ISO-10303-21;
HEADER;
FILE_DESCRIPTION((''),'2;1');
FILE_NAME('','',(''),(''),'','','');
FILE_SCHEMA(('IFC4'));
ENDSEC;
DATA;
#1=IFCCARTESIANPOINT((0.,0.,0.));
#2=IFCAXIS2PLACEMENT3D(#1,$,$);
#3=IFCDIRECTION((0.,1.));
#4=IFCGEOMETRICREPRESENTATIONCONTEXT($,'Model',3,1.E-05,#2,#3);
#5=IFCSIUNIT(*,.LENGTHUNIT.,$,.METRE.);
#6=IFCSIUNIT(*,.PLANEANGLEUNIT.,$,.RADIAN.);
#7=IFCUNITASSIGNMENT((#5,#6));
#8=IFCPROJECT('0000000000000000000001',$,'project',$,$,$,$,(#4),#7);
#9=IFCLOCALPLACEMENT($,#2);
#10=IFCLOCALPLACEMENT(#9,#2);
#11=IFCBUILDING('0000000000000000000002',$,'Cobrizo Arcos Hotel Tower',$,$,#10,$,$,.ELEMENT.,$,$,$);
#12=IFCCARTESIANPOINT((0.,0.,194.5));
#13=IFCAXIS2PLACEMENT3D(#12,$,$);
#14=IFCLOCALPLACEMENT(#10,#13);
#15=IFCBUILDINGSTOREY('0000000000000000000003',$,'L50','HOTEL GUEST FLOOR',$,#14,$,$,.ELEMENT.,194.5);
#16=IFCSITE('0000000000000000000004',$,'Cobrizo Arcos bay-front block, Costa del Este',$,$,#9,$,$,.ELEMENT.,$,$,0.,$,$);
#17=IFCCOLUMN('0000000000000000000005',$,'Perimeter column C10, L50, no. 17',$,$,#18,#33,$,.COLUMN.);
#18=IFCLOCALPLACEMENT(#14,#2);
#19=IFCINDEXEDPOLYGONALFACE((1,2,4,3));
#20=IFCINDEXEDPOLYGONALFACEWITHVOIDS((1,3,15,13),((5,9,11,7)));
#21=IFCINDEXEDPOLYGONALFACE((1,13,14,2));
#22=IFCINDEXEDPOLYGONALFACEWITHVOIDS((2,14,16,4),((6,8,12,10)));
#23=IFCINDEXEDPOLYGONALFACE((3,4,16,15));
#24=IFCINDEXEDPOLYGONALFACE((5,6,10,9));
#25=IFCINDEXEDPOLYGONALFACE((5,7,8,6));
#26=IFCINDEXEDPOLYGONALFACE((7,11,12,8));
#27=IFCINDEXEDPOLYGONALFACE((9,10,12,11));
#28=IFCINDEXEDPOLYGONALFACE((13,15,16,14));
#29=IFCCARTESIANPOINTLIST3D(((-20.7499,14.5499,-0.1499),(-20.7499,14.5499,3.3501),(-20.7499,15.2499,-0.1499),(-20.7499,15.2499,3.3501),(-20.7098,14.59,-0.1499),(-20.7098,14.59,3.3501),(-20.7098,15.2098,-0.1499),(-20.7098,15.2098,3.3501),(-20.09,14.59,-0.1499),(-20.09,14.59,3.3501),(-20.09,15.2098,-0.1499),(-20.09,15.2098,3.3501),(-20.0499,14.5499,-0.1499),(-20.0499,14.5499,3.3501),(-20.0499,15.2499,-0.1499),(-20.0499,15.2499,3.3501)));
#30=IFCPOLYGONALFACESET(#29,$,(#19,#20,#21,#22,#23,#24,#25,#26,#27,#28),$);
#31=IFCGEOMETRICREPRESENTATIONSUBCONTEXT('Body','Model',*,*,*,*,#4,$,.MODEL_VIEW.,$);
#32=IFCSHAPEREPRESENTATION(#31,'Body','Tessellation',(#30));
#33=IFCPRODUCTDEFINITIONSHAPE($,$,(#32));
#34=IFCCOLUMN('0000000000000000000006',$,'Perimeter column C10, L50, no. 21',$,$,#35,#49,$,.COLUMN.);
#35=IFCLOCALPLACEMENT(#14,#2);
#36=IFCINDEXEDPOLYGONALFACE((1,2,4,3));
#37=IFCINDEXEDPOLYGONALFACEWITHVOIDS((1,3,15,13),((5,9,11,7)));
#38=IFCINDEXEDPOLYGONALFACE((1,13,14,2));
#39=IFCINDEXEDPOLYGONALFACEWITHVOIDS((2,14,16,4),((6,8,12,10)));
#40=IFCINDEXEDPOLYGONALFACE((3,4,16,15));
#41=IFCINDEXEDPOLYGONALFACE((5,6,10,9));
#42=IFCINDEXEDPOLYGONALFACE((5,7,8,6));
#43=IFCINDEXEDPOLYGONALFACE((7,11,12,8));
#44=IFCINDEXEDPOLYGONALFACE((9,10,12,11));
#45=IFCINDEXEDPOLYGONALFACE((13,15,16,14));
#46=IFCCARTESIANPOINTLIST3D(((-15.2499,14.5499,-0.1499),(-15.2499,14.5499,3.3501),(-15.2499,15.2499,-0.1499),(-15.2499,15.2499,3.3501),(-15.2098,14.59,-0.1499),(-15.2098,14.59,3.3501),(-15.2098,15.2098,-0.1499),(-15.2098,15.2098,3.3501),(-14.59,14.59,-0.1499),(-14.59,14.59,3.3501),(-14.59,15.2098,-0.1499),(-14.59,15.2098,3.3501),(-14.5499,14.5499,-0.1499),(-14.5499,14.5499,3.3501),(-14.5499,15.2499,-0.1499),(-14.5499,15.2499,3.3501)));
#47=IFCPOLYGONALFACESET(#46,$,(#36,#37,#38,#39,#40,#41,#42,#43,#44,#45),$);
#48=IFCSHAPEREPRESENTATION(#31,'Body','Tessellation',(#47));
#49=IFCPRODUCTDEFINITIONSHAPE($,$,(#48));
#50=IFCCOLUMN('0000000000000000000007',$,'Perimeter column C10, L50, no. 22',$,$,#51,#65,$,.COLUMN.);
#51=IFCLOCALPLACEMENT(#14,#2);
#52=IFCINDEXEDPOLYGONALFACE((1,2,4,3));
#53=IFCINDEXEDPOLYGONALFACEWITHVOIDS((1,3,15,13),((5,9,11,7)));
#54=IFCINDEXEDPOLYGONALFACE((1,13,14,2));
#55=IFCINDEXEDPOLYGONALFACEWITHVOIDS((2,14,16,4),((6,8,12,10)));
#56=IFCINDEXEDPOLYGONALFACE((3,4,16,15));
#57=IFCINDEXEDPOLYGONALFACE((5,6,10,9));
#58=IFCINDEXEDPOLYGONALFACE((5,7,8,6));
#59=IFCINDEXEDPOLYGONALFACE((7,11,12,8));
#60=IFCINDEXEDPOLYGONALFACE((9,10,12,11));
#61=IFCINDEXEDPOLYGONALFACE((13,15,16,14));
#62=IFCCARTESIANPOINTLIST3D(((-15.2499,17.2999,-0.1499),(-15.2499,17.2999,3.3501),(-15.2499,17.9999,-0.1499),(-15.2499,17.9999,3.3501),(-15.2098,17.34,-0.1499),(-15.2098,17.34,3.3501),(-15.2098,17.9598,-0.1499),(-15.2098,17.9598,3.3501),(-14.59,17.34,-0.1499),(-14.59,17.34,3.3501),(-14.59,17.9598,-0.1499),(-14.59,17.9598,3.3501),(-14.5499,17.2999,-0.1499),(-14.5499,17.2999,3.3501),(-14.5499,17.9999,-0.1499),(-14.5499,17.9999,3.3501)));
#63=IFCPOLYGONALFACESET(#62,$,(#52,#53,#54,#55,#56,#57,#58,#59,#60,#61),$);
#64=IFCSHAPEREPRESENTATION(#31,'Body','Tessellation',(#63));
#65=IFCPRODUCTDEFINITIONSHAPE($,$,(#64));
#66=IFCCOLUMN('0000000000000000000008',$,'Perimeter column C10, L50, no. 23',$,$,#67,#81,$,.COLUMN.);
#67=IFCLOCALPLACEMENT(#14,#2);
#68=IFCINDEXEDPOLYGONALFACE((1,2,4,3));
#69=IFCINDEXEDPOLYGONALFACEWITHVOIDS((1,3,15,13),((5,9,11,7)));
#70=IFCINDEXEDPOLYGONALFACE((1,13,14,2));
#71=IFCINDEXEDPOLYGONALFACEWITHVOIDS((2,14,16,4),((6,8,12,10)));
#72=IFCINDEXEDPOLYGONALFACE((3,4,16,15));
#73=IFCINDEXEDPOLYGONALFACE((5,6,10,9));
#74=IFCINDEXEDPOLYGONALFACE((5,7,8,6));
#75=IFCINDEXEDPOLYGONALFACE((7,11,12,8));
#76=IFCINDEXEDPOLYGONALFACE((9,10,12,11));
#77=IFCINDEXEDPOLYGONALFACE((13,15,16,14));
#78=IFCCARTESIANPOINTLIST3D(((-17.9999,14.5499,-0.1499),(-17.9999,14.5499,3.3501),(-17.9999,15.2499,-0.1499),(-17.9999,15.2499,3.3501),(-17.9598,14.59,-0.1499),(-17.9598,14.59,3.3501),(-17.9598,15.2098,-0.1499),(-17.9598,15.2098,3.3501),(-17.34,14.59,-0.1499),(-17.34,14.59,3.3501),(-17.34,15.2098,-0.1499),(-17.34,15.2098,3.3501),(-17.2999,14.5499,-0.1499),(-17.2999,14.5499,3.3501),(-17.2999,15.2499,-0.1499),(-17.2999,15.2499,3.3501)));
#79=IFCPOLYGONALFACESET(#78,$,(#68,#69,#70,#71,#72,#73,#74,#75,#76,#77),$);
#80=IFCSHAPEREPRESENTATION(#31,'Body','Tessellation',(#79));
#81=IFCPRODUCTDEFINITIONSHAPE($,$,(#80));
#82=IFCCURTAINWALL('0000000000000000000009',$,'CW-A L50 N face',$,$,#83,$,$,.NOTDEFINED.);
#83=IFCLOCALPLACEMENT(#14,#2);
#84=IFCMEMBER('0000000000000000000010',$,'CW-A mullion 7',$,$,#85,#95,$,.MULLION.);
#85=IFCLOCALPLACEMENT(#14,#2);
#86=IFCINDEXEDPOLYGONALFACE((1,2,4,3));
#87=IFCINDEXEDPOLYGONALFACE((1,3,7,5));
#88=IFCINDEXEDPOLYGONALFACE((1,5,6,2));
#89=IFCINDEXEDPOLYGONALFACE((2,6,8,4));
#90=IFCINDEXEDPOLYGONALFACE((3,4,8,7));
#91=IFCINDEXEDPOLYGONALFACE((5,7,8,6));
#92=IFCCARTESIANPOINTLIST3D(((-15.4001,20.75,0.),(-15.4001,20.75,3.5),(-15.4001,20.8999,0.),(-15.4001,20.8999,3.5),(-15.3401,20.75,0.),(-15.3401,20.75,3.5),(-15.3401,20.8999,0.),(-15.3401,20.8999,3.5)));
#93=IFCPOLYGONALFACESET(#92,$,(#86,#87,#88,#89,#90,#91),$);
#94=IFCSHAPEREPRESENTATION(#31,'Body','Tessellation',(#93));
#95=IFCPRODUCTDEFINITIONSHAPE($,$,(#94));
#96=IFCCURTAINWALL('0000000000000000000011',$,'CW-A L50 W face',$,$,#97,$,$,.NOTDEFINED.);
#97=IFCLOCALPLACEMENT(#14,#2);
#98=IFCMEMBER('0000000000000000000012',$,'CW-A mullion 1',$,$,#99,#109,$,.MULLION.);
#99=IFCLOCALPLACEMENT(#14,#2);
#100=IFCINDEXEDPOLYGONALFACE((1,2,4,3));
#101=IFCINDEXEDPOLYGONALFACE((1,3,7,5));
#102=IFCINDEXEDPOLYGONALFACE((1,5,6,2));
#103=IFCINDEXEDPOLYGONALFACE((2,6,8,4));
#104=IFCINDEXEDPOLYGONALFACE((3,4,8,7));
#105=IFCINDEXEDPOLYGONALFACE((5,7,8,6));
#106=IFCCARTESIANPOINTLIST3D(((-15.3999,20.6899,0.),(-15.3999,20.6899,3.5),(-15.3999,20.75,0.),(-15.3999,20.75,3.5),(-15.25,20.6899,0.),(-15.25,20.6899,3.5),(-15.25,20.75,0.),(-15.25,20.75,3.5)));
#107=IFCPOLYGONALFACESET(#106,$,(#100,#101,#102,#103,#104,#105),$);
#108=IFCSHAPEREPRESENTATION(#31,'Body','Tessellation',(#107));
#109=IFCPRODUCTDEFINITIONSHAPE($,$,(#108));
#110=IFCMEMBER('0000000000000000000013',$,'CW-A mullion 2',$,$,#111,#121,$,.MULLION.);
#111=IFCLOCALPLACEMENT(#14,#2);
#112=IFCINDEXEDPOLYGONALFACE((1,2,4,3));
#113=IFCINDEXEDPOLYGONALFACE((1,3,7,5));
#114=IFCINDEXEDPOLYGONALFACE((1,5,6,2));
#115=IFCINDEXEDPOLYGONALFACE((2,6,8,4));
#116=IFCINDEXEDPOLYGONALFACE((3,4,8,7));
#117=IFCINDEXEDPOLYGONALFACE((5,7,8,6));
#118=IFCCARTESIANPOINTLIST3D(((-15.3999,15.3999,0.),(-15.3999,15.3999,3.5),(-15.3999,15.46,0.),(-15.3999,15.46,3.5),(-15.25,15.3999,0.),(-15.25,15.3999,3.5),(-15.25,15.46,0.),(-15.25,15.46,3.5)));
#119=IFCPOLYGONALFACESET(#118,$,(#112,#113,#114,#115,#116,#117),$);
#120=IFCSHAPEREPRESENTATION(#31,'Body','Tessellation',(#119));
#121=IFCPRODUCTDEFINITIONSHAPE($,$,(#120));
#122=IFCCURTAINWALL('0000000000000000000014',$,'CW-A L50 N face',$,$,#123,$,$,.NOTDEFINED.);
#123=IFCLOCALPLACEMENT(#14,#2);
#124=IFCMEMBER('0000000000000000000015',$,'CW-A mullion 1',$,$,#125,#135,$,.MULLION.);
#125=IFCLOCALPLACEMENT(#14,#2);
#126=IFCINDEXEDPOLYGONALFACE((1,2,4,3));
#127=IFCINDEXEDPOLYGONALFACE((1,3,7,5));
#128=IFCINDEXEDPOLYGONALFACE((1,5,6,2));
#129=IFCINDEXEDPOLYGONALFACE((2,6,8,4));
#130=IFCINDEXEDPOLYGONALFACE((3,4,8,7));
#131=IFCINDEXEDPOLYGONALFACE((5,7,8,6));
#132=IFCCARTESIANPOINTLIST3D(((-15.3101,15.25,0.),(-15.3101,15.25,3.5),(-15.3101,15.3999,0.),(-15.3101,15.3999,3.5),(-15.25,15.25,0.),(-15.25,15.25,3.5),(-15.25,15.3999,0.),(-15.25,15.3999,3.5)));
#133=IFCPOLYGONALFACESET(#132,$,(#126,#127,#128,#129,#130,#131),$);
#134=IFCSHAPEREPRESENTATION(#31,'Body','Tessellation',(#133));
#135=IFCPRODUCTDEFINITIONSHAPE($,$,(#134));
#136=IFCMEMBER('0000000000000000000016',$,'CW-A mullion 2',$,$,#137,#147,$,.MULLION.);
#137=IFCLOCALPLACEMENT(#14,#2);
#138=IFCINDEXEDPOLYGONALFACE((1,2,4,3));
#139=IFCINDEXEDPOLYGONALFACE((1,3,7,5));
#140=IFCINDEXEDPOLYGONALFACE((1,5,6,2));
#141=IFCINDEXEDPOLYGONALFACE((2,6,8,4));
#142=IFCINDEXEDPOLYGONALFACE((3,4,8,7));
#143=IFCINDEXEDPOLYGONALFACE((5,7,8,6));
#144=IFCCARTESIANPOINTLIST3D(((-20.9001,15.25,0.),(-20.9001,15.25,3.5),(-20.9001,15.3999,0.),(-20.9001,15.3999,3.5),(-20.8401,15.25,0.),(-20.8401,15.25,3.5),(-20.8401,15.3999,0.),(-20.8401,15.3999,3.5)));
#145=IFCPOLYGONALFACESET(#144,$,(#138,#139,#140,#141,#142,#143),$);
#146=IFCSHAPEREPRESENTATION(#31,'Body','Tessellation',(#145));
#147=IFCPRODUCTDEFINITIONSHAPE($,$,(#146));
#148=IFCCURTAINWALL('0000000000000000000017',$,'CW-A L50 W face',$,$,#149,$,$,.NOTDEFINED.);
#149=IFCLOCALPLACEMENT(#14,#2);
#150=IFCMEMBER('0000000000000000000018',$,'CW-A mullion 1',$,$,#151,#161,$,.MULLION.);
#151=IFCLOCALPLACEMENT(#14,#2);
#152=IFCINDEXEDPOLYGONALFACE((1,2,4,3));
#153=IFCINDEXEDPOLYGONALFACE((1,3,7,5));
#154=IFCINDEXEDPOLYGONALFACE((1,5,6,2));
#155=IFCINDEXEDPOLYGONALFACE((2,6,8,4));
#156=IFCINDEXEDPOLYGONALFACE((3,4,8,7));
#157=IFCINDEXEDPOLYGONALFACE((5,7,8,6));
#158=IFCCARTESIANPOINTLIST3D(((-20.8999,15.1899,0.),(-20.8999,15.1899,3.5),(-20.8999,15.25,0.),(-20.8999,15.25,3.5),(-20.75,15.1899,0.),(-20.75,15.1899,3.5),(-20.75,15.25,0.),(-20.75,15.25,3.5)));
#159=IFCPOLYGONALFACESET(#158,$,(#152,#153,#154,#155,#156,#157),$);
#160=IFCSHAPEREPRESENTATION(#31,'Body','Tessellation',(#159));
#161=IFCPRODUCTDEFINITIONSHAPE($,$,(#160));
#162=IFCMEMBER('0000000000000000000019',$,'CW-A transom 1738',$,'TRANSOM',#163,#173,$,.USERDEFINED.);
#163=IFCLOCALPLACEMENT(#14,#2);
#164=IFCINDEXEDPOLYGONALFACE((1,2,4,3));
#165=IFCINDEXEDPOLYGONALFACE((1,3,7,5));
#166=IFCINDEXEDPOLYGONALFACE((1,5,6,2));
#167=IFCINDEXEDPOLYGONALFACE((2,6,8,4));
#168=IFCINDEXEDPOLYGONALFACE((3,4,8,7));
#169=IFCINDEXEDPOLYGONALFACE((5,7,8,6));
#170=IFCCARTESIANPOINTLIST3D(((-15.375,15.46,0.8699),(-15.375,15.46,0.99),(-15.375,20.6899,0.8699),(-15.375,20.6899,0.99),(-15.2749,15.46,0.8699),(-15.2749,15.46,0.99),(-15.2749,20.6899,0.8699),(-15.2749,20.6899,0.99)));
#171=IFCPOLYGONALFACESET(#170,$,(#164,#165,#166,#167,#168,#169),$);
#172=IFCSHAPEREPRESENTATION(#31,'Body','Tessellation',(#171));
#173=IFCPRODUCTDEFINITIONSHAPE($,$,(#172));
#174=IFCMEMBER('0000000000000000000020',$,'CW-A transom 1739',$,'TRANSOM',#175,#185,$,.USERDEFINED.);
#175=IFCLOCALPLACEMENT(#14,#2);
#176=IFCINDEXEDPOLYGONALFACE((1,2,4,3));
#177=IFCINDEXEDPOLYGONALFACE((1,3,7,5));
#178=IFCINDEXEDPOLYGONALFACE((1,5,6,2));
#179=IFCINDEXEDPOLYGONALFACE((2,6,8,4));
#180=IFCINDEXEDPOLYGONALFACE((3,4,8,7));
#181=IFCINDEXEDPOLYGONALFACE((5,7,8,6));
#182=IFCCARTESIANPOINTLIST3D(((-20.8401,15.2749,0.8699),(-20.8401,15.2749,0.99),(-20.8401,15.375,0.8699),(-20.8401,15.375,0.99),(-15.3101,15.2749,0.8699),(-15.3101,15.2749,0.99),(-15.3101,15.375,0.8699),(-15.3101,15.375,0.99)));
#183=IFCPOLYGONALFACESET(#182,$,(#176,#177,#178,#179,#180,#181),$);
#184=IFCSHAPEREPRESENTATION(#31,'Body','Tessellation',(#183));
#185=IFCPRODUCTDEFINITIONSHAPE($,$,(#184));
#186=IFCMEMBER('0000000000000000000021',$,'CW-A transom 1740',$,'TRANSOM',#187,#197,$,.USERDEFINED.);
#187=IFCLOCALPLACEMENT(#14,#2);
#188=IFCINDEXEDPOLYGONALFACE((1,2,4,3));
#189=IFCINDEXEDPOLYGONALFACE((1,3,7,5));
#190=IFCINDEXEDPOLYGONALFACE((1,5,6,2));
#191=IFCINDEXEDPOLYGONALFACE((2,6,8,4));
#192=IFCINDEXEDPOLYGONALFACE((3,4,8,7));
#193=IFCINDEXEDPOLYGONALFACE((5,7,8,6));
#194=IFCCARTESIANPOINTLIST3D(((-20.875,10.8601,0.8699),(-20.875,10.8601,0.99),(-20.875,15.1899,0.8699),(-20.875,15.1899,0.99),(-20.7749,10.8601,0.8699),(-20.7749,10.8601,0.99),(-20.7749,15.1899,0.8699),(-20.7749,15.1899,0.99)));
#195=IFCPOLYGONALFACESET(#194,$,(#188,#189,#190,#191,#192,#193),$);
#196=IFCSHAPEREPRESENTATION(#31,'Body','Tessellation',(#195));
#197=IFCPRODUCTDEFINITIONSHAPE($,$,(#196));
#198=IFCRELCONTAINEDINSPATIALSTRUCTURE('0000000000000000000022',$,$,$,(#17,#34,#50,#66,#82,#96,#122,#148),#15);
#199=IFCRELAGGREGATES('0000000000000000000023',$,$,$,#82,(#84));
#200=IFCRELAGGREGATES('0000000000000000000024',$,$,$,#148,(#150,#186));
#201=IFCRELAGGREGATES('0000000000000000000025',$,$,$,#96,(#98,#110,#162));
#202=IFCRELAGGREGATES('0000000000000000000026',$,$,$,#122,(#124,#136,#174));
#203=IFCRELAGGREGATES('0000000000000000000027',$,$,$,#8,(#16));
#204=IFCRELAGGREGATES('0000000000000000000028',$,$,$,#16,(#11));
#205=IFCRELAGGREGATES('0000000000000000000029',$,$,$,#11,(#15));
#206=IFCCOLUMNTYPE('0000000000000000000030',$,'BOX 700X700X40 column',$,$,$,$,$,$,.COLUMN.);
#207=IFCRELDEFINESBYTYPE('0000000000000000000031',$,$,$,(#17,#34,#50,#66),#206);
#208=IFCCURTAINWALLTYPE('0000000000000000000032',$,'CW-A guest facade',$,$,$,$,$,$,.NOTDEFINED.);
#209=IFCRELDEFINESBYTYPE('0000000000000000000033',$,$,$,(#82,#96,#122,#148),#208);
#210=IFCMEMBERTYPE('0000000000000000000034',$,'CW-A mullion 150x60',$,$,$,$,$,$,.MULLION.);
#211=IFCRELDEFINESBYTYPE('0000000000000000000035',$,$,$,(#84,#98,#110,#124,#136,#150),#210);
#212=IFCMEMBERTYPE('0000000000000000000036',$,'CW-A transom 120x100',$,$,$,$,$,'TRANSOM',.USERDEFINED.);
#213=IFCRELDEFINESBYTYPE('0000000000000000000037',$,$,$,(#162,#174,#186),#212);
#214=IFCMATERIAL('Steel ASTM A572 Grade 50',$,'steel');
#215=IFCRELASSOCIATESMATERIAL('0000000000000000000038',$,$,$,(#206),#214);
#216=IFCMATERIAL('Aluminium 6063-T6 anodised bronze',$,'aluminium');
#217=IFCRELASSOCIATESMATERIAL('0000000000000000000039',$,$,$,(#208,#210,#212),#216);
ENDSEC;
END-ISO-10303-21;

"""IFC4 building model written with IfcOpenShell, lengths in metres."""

from ifc_helpers import new_model, si_unit, direction, frame, origin, origin_2d, place, context, subcontext, project, spatial, rectangle, hollow_rectangle, extrude, material, material_profile, profile_set, type_object, element, aggregate, save


model = new_model("IFC4")

# Units and contexts
model_context = context("Model", 3, precision=1e-05, world=origin(), true_north=direction((0.0, 1.0)))
body_context = subcontext(model_context, "Body", "Model", "MODEL_VIEW")
ifc_project = project(units=[si_unit("LENGTHUNIT", "METRE"), si_unit("PLANEANGLEUNIT", "RADIAN")], contexts=[model_context])

# Site, building, storey
site_placement = place(None, origin())
site = spatial("IfcSite", under=ifc_project, at=site_placement, Name="Cobrizo Arcos bay-front block, Costa del Este", CompositionType="ELEMENT", RefElevation=0.0)
building_placement = place(site_placement, origin())
building = spatial("IfcBuilding", under=site, at=building_placement, Name="Cobrizo Arcos Hotel Tower", CompositionType="ELEMENT")
storey_placement = place(building_placement, frame((0.0, 0.0, 194.5)))
storey = spatial("IfcBuildingStorey", under=building, at=storey_placement, Name="L50", Description="HOTEL GUEST FLOOR", CompositionType="ELEMENT", Elevation=194.5)

# Columns
ifc_material_1 = material(Name="Steel ASTM A572 Grade 50", Category="steel")
ifc_material_profile_1 = material_profile(ifc_material_1, hollow_rectangle(XDim=0.7, YDim=0.7, WallThickness=0.04, at=origin_2d()), Name="BOX 700X700X40")
ifc_profile_set_1 = profile_set([ifc_material_profile_1], Name="Steel ASTM A572 Grade 50")
column_type = type_object("IfcColumnType", Name="BOX 700X700X40 column", PredefinedType="COLUMN", material=ifc_profile_set_1)
for number, where, z_axis, x_axis, name in (
    (1, (-20.3999, 14.8999, -0.1499), (0.0, 0.0, 1.0), (1.0, 0.0, 0.0), "Perimeter column C10, L50, no. 17"),
    (2, (-14.8999, 14.8999, -0.1499), (0.0, 0.0, 1.0), (1.0, 0.0, 0.0), "Perimeter column C10, L50, no. 21"),
    (3, (-14.8999, 17.6499, -0.1499), (0.0, 0.0, 1.0), (1.0, 0.0, 0.0), "Perimeter column C10, L50, no. 22"),
    (4, (-17.6499, 14.8999, -0.1499), (0.0, 0.0, 1.0), (1.0, 0.0, 0.0), "Perimeter column C10, L50, no. 23"),
):
    element("IfcColumn", number, at=place(storey_placement, frame(where, z_axis=z_axis, x_axis=x_axis)), inside=storey, type_object=column_type, Name=name, PredefinedType="COLUMN", context=body_context, shape_type="SweptSolid", body=[
        extrude(hollow_rectangle(XDim=0.7, YDim=0.7, WallThickness=0.04, at=origin_2d()), origin(), (0.0, 0.0, 1.0), 3.5),
    ])

# Curtain wall, member
ifc_material_2 = material(Name="Aluminium 6063-T6 anodised bronze", Category="aluminium")
curtain_wall_type = type_object("IfcCurtainWallType", Name="CW-A guest facade", PredefinedType="NOTDEFINED", material=ifc_material_2)
curtain_wall_1_placement = place(storey_placement, origin())
curtain_wall_1 = element("IfcCurtainWall", 5, at=curtain_wall_1_placement, inside=storey, type_object=curtain_wall_type, Name="CW-A L50 N face", PredefinedType="NOTDEFINED")
ifc_material_profile_2 = material_profile(ifc_material_2, rectangle(XDim=0.1499, YDim=0.0601, at=origin_2d()), Name="CW-A mullion 150x60")
ifc_profile_set_2 = profile_set([ifc_material_profile_2], Name="Aluminium 6063-T6 anodised bronze")
member_type_1 = type_object("IfcMemberType", Name="CW-A mullion 150x60", PredefinedType="MULLION", material=ifc_profile_set_2)
member_1_placement = place(storey_placement, frame((-15.3701, 20.825, 0.0), z_axis=(0.0, 0.0, 1.0), x_axis=(0.0, 1.0, 0.0)))
member_1 = element("IfcMember", 6, at=member_1_placement, type_object=member_type_1, Name="CW-A mullion 7", PredefinedType="MULLION", context=body_context, shape_type="SweptSolid", body=[
    extrude(rectangle(XDim=0.1499, YDim=0.0601, at=origin_2d()), origin(), (0.0, 0.0, 1.0), 3.5),
])
aggregate(curtain_wall_1, [member_1])

# Curtain walls, members
curtain_wall_2_placement = place(storey_placement, origin())
curtain_wall_2 = element("IfcCurtainWall", 7, at=curtain_wall_2_placement, inside=storey, type_object=curtain_wall_type, Name="CW-A L50 W face", PredefinedType="NOTDEFINED")
member_2_placement = place(storey_placement, frame((-15.325, 20.72, 0.0), z_axis=(0.0, 0.0, 1.0), x_axis=(-1.0, 0.0, 0.0)))
member_2 = element("IfcMember", 8, at=member_2_placement, type_object=member_type_1, Name="CW-A mullion 1", PredefinedType="MULLION", context=body_context, shape_type="SweptSolid", body=[
    extrude(rectangle(XDim=0.1499, YDim=0.0601, at=origin_2d()), origin(), (0.0, 0.0, 1.0), 3.5),
])
member_3_placement = place(storey_placement, frame((-15.325, 15.4299, 0.0), z_axis=(0.0, 0.0, 1.0), x_axis=(-1.0, 0.0, 0.0)))
member_3 = element("IfcMember", 9, at=member_3_placement, type_object=member_type_1, Name="CW-A mullion 2", PredefinedType="MULLION", context=body_context, shape_type="SweptSolid", body=[
    extrude(rectangle(XDim=0.1499, YDim=0.0601, at=origin_2d()), origin(), (0.0, 0.0, 1.0), 3.5),
])
curtain_wall_3_placement = place(storey_placement, origin())
curtain_wall_3 = element("IfcCurtainWall", 10, at=curtain_wall_3_placement, inside=storey, type_object=curtain_wall_type, Name="CW-A L50 N face", PredefinedType="NOTDEFINED")
member_4_placement = place(storey_placement, frame((-15.28, 15.325, 0.0), z_axis=(0.0, 0.0, 1.0), x_axis=(0.0, 1.0, 0.0)))
member_4 = element("IfcMember", 11, at=member_4_placement, type_object=member_type_1, Name="CW-A mullion 1", PredefinedType="MULLION", context=body_context, shape_type="SweptSolid", body=[
    extrude(rectangle(XDim=0.1499, YDim=0.0601, at=origin_2d()), origin(), (0.0, 0.0, 1.0), 3.5),
])
member_5_placement = place(storey_placement, frame((-20.8701, 15.325, 0.0), z_axis=(0.0, 0.0, 1.0), x_axis=(0.0, 1.0, 0.0)))
member_5 = element("IfcMember", 12, at=member_5_placement, type_object=member_type_1, Name="CW-A mullion 2", PredefinedType="MULLION", context=body_context, shape_type="SweptSolid", body=[
    extrude(rectangle(XDim=0.1499, YDim=0.0601, at=origin_2d()), origin(), (0.0, 0.0, 1.0), 3.5),
])

# Curtain wall, member
curtain_wall_4_placement = place(storey_placement, origin())
curtain_wall_4 = element("IfcCurtainWall", 13, at=curtain_wall_4_placement, inside=storey, type_object=curtain_wall_type, Name="CW-A L50 W face", PredefinedType="NOTDEFINED")
member_6_placement = place(storey_placement, frame((-20.825, 15.22, 0.0), z_axis=(0.0, 0.0, 1.0), x_axis=(-1.0, 0.0, 0.0)))
member_6 = element("IfcMember", 14, at=member_6_placement, type_object=member_type_1, Name="CW-A mullion 1", PredefinedType="MULLION", context=body_context, shape_type="SweptSolid", body=[
    extrude(rectangle(XDim=0.1499, YDim=0.0601, at=origin_2d()), origin(), (0.0, 0.0, 1.0), 3.5),
])

# Members
ifc_material_profile_3 = material_profile(ifc_material_2, rectangle(XDim=0.1001, YDim=0.1201, at=origin_2d()), Name="CW-A transom 120x100")
ifc_profile_set_3 = profile_set([ifc_material_profile_3], Name="Aluminium 6063-T6 anodised bronze")
member_type_2 = type_object("IfcMemberType", Name="CW-A transom 120x100", ElementType="TRANSOM", PredefinedType="USERDEFINED", material=ifc_profile_set_3)
member_7_placement = place(storey_placement, frame((-15.325, 20.6899, 0.9299), z_axis=(0.0, -1.0, 0.0), x_axis=(1.0, 0.0, 0.0)))
member_7 = element("IfcMember", 15, at=member_7_placement, type_object=member_type_2, Name="CW-A transom 1738", ObjectType="TRANSOM", PredefinedType="USERDEFINED", context=body_context, shape_type="SweptSolid", body=[
    extrude(rectangle(XDim=0.1001, YDim=0.1201, at=origin_2d()), origin(), (0.0, 0.0, 1.0), 5.23),
])
member_8_placement = place(storey_placement, frame((-15.3101, 15.325, 0.9299), z_axis=(-1.0, 0.0, 0.0), x_axis=(0.0, -1.0, 0.0)))
member_8 = element("IfcMember", 16, at=member_8_placement, type_object=member_type_2, Name="CW-A transom 1739", ObjectType="TRANSOM", PredefinedType="USERDEFINED", context=body_context, shape_type="SweptSolid", body=[
    extrude(rectangle(XDim=0.1001, YDim=0.1201, at=origin_2d()), origin(), (0.0, 0.0, 1.0), 5.53),
])
member_9_placement = place(storey_placement, frame((-20.825, 15.1899, 0.9299), z_axis=(0.0, -1.0, 0.0), x_axis=(1.0, 0.0, 0.0)))
member_9 = element("IfcMember", 17, at=member_9_placement, type_object=member_type_2, Name="CW-A transom 1740", ObjectType="TRANSOM", PredefinedType="USERDEFINED", context=body_context, shape_type="SweptSolid", body=[
    extrude(rectangle(XDim=0.1001, YDim=0.1201, at=origin_2d()), origin(), (0.0, 0.0, 1.0), 4.3298),
])
aggregate(curtain_wall_4, [member_6, member_9])

aggregate(curtain_wall_2, [member_2, member_3, member_7])
aggregate(curtain_wall_3, [member_4, member_5, member_8])

save(model, "model.ifc")
